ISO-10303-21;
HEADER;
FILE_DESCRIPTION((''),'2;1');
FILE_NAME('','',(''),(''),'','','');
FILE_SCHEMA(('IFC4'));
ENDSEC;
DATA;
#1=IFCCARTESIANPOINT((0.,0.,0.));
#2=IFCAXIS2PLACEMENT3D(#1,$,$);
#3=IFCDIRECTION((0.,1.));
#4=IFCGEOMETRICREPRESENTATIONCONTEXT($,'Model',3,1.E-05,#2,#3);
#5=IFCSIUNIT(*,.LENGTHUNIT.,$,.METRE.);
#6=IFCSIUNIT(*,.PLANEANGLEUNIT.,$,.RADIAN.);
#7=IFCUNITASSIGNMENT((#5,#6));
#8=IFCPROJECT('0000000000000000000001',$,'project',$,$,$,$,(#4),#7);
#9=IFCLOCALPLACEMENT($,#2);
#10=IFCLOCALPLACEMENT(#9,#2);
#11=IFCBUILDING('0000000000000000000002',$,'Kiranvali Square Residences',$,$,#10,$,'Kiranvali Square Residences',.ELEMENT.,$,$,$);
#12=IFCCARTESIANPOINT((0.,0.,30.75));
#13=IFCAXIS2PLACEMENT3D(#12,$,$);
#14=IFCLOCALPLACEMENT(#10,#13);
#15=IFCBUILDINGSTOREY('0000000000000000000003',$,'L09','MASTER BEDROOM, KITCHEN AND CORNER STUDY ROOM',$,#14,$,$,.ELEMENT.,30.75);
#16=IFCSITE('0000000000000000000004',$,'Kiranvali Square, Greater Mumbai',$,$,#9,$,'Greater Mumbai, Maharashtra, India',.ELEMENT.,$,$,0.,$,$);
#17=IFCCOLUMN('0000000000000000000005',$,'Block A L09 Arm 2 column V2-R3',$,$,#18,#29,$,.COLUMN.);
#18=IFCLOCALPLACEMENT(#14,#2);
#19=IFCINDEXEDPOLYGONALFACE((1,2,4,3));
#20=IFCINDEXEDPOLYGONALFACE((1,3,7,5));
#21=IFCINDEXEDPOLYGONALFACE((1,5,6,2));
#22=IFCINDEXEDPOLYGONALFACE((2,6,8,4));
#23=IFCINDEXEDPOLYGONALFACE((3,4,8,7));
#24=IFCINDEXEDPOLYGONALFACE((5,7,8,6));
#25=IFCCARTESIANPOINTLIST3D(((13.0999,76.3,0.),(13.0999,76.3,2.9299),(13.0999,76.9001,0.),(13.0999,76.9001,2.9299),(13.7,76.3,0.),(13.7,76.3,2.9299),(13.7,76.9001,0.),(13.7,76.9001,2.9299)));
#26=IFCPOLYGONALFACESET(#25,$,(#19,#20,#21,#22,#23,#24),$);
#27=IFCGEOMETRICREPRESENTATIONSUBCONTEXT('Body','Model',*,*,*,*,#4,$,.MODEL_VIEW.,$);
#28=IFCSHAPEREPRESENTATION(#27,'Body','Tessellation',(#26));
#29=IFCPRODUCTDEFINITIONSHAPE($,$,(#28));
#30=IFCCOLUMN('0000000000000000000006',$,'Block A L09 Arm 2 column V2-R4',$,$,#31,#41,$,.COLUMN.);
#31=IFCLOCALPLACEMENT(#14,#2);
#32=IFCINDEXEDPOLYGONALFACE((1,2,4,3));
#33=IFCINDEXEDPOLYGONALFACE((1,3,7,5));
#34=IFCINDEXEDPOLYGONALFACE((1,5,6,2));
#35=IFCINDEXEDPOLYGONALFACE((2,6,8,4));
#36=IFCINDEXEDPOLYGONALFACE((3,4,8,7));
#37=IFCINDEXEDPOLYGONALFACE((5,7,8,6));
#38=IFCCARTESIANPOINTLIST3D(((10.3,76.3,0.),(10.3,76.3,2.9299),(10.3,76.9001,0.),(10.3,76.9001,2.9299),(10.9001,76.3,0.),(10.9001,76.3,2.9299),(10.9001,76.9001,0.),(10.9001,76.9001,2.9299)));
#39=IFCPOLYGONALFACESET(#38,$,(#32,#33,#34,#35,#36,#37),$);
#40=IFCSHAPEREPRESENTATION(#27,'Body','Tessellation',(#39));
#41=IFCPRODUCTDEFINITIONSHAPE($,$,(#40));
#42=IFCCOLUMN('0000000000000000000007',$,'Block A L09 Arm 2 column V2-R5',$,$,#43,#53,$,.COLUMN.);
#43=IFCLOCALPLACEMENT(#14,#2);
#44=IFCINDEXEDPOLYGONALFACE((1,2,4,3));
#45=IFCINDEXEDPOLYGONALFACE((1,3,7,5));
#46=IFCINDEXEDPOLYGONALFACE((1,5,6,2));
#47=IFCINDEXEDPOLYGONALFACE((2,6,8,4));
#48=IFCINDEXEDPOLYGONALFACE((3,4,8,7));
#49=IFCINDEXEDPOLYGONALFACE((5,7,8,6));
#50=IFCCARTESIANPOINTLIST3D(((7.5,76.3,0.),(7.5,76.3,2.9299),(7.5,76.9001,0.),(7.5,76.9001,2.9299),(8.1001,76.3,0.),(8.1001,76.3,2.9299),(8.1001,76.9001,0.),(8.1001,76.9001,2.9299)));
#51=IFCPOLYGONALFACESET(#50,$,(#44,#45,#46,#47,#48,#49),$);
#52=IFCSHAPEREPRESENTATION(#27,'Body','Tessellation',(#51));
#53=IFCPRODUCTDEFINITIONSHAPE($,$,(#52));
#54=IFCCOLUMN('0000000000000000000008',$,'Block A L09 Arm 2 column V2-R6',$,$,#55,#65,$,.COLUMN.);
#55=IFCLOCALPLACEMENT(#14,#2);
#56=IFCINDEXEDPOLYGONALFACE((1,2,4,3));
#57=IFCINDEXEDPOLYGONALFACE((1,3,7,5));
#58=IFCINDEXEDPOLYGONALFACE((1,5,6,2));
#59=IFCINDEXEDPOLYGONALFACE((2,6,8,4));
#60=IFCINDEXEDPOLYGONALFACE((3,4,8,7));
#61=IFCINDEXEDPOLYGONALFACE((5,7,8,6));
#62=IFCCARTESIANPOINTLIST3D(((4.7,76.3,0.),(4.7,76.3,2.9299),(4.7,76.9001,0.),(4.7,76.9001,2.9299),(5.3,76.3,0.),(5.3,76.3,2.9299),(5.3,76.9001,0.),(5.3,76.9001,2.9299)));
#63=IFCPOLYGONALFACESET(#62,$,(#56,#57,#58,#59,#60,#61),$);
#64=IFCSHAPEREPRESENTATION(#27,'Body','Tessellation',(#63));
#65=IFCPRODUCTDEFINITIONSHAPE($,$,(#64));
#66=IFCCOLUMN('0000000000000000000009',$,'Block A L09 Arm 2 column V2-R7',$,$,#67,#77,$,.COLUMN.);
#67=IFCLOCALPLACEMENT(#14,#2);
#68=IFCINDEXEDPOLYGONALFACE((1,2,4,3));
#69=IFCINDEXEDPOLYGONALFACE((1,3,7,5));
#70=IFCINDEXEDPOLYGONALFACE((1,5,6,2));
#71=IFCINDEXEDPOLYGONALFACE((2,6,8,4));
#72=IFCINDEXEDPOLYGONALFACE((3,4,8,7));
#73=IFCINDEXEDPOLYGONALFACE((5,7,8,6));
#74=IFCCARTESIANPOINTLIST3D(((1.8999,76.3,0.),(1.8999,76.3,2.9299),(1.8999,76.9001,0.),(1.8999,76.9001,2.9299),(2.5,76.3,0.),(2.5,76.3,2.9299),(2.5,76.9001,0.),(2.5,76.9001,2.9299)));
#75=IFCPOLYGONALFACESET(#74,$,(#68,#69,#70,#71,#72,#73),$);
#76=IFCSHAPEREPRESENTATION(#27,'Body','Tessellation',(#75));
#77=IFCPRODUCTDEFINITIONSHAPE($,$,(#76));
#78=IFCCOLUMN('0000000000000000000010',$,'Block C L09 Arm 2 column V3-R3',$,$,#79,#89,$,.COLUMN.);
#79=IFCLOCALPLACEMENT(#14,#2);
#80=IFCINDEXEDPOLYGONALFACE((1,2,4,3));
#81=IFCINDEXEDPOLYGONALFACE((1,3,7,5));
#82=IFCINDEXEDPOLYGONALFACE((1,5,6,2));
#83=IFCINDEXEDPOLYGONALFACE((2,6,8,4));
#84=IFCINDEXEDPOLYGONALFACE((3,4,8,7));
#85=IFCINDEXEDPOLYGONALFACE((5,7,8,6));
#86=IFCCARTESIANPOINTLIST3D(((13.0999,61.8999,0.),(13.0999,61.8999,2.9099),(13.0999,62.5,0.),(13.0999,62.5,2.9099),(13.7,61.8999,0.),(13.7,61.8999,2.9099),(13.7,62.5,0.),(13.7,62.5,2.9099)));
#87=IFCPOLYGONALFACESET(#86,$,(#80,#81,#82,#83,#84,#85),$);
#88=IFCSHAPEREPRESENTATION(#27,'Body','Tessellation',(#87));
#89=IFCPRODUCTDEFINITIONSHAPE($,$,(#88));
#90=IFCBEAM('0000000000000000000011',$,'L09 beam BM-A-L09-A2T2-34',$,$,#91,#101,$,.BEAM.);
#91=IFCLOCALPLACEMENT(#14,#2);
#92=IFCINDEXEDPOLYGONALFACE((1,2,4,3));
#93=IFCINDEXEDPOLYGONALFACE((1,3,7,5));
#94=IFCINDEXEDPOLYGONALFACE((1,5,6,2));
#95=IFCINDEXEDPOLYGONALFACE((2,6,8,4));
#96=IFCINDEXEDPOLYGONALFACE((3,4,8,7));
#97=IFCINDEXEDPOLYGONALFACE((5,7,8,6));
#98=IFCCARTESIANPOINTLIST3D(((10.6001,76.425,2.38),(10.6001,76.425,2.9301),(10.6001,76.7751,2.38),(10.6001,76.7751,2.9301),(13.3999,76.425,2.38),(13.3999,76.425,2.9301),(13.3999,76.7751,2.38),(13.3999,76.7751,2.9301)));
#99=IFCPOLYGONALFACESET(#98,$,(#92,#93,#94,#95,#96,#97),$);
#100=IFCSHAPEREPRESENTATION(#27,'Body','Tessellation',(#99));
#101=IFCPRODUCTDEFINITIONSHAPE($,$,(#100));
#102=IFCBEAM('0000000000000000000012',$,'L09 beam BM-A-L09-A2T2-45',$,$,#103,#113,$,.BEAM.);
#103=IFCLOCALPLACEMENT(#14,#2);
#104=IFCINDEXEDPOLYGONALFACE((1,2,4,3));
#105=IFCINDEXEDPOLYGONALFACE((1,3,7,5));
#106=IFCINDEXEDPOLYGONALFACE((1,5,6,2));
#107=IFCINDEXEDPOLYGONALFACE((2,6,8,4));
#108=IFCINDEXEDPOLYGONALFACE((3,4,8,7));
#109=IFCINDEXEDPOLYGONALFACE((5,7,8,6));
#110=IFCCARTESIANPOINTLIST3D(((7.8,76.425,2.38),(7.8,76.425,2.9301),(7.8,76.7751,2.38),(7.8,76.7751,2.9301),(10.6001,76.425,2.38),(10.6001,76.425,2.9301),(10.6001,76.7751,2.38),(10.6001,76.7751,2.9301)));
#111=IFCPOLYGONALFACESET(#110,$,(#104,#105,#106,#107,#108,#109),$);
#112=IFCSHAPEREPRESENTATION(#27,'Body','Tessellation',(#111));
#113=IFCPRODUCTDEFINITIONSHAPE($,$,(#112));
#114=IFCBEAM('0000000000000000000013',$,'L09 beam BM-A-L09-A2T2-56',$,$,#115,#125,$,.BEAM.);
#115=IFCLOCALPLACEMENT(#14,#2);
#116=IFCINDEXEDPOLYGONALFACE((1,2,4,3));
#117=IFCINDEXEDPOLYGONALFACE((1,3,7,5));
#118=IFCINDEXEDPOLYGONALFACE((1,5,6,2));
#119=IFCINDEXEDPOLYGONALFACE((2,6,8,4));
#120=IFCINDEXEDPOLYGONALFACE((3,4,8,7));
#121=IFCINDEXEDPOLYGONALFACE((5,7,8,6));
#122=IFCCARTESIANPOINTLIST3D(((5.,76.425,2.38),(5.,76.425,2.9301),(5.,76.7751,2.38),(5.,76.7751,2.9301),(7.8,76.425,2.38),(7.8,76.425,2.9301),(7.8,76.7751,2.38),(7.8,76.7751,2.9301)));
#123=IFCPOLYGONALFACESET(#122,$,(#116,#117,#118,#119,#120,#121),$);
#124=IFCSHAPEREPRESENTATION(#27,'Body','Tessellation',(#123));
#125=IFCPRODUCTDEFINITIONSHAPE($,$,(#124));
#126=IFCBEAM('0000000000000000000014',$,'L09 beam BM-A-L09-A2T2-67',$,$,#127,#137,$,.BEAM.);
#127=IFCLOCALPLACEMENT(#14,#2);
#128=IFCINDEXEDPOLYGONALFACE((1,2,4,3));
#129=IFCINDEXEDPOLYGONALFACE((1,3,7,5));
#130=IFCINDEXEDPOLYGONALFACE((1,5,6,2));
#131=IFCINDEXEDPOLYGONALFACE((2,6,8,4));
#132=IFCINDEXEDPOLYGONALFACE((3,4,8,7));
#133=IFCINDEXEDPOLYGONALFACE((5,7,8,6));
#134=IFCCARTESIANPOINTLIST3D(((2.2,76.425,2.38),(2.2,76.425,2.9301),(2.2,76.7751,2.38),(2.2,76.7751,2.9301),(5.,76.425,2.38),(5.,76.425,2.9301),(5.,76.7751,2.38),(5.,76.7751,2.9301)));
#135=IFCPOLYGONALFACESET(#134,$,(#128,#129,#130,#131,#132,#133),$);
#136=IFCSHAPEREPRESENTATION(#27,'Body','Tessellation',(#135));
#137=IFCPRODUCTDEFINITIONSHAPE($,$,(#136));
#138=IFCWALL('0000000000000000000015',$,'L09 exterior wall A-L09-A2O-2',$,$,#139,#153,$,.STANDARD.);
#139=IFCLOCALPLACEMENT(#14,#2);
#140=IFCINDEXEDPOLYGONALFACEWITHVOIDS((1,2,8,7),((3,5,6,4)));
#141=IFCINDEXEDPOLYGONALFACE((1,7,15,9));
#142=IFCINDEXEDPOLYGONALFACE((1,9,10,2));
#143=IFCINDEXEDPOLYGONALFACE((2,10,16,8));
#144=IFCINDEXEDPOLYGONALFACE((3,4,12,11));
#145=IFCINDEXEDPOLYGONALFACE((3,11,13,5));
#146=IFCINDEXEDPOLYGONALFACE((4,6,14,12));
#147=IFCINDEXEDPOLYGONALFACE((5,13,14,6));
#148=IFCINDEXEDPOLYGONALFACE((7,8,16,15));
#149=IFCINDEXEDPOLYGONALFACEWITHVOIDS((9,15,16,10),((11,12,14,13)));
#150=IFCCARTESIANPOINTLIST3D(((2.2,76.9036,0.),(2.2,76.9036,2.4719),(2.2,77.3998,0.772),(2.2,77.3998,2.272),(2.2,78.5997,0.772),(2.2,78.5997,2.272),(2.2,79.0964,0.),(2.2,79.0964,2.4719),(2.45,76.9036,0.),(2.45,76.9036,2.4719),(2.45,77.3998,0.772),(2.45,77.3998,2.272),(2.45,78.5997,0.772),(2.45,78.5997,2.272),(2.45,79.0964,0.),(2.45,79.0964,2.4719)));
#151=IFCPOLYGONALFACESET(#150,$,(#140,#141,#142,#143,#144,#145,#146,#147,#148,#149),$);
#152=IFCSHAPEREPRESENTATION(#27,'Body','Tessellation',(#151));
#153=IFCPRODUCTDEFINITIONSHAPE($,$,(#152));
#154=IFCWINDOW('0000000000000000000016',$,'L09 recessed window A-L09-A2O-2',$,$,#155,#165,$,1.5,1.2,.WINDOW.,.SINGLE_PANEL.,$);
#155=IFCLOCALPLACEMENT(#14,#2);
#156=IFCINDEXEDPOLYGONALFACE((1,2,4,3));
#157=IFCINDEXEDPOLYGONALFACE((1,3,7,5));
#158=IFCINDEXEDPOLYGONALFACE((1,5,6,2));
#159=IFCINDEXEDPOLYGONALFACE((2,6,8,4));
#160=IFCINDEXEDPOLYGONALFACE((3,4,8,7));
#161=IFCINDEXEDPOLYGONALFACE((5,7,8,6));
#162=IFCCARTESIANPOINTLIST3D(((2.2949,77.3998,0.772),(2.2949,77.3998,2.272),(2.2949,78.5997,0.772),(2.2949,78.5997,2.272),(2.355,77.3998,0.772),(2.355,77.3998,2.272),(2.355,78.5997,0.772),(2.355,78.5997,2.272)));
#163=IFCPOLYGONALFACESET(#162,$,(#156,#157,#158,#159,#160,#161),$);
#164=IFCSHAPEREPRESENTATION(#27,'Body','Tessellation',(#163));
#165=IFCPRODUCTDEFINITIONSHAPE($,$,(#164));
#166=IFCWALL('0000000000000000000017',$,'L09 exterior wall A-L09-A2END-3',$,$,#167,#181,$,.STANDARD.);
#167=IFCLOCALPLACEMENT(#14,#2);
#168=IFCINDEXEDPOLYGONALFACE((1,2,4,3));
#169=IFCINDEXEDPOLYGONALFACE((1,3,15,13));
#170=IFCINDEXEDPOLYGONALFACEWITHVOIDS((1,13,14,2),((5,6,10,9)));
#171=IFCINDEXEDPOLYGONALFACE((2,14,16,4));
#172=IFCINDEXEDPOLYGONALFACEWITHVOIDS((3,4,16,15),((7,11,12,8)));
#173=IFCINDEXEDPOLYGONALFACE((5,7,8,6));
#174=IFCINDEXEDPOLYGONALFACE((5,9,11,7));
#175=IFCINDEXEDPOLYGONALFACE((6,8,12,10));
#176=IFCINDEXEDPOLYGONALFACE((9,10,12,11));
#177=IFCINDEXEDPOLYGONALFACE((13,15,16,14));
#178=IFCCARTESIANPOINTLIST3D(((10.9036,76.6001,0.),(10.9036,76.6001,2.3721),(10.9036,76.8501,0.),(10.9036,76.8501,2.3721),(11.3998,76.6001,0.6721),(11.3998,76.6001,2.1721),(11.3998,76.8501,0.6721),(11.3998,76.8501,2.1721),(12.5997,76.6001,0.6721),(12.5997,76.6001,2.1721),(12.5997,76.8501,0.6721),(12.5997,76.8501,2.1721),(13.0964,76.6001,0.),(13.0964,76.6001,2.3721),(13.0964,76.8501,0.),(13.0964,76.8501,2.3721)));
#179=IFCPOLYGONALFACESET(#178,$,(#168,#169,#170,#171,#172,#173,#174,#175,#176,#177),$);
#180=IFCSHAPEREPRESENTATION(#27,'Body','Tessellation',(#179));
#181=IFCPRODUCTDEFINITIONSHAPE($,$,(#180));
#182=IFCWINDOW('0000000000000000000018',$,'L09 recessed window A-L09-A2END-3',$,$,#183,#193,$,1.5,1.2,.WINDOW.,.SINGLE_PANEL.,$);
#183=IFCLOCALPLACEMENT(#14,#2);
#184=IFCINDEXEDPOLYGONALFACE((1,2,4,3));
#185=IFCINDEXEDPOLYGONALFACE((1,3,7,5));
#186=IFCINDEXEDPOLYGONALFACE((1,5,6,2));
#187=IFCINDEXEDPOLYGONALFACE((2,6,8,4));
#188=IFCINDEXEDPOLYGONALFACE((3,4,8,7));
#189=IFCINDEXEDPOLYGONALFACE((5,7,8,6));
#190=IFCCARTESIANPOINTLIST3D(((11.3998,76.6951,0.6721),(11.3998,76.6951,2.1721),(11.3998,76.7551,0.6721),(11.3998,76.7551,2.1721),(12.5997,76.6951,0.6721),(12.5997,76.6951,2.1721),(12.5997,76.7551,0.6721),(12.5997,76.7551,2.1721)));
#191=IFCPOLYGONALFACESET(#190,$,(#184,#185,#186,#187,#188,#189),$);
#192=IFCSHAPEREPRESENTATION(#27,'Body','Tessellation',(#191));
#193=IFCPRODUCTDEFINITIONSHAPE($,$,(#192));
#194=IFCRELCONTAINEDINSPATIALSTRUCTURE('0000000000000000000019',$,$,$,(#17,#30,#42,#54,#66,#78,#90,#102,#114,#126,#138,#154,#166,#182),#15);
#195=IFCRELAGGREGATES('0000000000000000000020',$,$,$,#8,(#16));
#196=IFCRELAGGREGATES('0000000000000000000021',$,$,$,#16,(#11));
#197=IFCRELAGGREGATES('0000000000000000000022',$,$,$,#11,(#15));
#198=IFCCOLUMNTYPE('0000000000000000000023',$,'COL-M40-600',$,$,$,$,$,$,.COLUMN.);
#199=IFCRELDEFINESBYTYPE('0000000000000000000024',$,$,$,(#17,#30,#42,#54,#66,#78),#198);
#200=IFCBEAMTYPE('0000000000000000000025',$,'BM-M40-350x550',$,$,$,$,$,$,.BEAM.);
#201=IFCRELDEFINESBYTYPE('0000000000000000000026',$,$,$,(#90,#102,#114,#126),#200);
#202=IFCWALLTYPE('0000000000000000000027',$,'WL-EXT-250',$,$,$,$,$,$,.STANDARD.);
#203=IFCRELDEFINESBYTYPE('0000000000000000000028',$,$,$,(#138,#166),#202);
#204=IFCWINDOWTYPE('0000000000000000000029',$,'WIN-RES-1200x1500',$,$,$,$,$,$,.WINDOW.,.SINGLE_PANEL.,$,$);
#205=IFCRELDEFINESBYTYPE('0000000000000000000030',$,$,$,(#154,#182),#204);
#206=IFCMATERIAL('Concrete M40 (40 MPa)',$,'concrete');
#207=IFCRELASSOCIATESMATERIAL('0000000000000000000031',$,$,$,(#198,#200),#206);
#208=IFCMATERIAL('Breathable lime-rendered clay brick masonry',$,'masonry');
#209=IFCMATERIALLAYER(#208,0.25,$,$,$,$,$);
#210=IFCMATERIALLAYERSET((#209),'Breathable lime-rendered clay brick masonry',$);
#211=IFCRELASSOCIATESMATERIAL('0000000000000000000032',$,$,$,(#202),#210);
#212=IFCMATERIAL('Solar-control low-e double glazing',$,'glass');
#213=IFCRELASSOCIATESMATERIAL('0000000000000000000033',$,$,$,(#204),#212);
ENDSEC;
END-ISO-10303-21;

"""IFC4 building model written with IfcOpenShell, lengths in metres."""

from ifc_helpers import new_model, si_unit, direction, frame, frame_2d, origin, origin_2d, place, context, subcontext, project, spatial, rectangle, extrude, material, layer, layer_set, material_profile, profile_set, type_object, element, fill, save


model = new_model("IFC4")

# Units and contexts
model_context = context("Model", 3, precision=1e-05, world=origin(), true_north=direction((0.0, 1.0)))
body_context = subcontext(model_context, "Body", "Model", "MODEL_VIEW")
ifc_project = project(units=[si_unit("LENGTHUNIT", "METRE"), si_unit("PLANEANGLEUNIT", "RADIAN")], contexts=[model_context])

# Site, building, storey
site_placement = place(None, origin())
site = spatial("IfcSite", under=ifc_project, at=site_placement, Name="Kiranvali Square, Greater Mumbai", LongName="Greater Mumbai, Maharashtra, India", CompositionType="ELEMENT", RefElevation=0.0)
building_placement = place(site_placement, origin())
building = spatial("IfcBuilding", under=site, at=building_placement, Name="Kiranvali Square Residences", LongName="Kiranvali Square Residences", CompositionType="ELEMENT")
storey_placement = place(building_placement, frame((0.0, 0.0, 30.75)))
storey = spatial("IfcBuildingStorey", under=building, at=storey_placement, Name="L09", Description="MASTER BEDROOM, KITCHEN AND CORNER STUDY ROOM", CompositionType="ELEMENT", Elevation=30.75)

# Columns
ifc_material_1 = material(Name="Concrete M40 (40 MPa)", Category="concrete")
ifc_material_profile_1 = material_profile(ifc_material_1, rectangle(XDim=0.6001, YDim=0.6001, at=origin_2d()), Name="RC 600x600")
ifc_profile_set_1 = profile_set([ifc_material_profile_1], Name="Concrete M40 (40 MPa)")
column_type = type_object("IfcColumnType", Name="COL-M40-600", PredefinedType="COLUMN", material=ifc_profile_set_1)
for number, where, z_axis, x_axis, name in (
    (1, (13.3999, 76.6001, 0.0), (0.0, 0.0, 1.0), (1.0, 0.0, 0.0), "Block A L09 Arm 2 column V2-R3"),
    (2, (10.6001, 76.6001, 0.0), (0.0, 0.0, 1.0), (1.0, 0.0, 0.0), "Block A L09 Arm 2 column V2-R4"),
    (3, (7.8, 76.6001, 0.0), (0.0, 0.0, 1.0), (1.0, 0.0, 0.0), "Block A L09 Arm 2 column V2-R5"),
    (4, (5.0, 76.6001, 0.0), (0.0, 0.0, 1.0), (1.0, 0.0, 0.0), "Block A L09 Arm 2 column V2-R6"),
    (5, (2.2, 76.6001, 0.0), (0.0, 0.0, 1.0), (1.0, 0.0, 0.0), "Block A L09 Arm 2 column V2-R7"),
):
    element("IfcColumn", number, at=place(storey_placement, frame(where, z_axis=z_axis, x_axis=x_axis)), inside=storey, type_object=column_type, Name=name, PredefinedType="COLUMN", context=body_context, shape_type="SweptSolid", body=[
        extrude(rectangle(XDim=0.6001, YDim=0.6001, at=origin_2d()), origin(), (0.0, 0.0, 1.0), 2.9299),
    ])
column_placement = place(storey_placement, frame((13.3999, 62.2, 0.0), z_axis=(0.0, 0.0, 1.0), x_axis=(1.0, 0.0, 0.0)))
element("IfcColumn", 6, at=column_placement, inside=storey, type_object=column_type, Name="Block C L09 Arm 2 column V3-R3", PredefinedType="COLUMN", context=body_context, shape_type="SweptSolid", body=[
    extrude(rectangle(XDim=0.6001, YDim=0.6001, at=origin_2d()), origin(), (0.0, 0.0, 1.0), 2.9099),
])

# Beams
ifc_material_profile_2 = material_profile(ifc_material_1, rectangle(XDim=0.3501, YDim=0.55, at=origin_2d()), Name="RC 350x550")
ifc_profile_set_2 = profile_set([ifc_material_profile_2], Name="Concrete M40 (40 MPa)")
beam_type = type_object("IfcBeamType", Name="BM-M40-350x550", PredefinedType="BEAM", material=ifc_profile_set_2)
beam_placement = place(storey_placement, frame((13.3999, 76.6001, 2.655), z_axis=(-1.0, 0.0, 0.0), x_axis=(0.0, -1.0, 0.0)))
element("IfcBeam", 7, at=beam_placement, inside=storey, type_object=beam_type, Name="L09 beam BM-A-L09-A2T2-34", PredefinedType="BEAM", context=body_context, shape_type="SweptSolid", body=[
    extrude(rectangle(XDim=0.3501, YDim=0.55, at=origin_2d()), origin(), (0.0, 0.0, 1.0), 2.7998),
])
for number, where, z_axis, x_axis, name in (
    (8, (10.6001, 76.6001, 2.655), (-1.0, 0.0, 0.0), (0.0, -1.0, 0.0), "L09 beam BM-A-L09-A2T2-45"),
    (9, (7.8, 76.6001, 2.655), (-1.0, 0.0, 0.0), (0.0, -1.0, 0.0), "L09 beam BM-A-L09-A2T2-56"),
    (10, (5.0, 76.6001, 2.655), (-1.0, 0.0, 0.0), (0.0, -1.0, 0.0), "L09 beam BM-A-L09-A2T2-67"),
):
    element("IfcBeam", number, at=place(storey_placement, frame(where, z_axis=z_axis, x_axis=x_axis)), inside=storey, type_object=beam_type, Name=name, PredefinedType="BEAM", context=body_context, shape_type="SweptSolid", body=[
        extrude(rectangle(XDim=0.3501, YDim=0.55, at=origin_2d()), origin(), (0.0, 0.0, 1.0), 2.8),
    ])

# Walls, openings, windows
ifc_material_2 = material(Name="Breathable lime-rendered clay brick masonry", Category="masonry")
ifc_layer = layer(ifc_material_2, 0.25)
ifc_layer_set = layer_set([ifc_layer], Name="Breathable lime-rendered clay brick masonry")
wall_type = type_object("IfcWallType", Name="WL-EXT-250", PredefinedType="STANDARD", material=ifc_layer_set)
wall_1_placement = place(storey_placement, frame((2.325, 79.0964, 0.0), z_axis=(0.0, 0.0, 1.0), x_axis=(0.0, -1.0, 0.0)))
wall_1 = element("IfcWall", 11, at=wall_1_placement, inside=storey, type_object=wall_type, Name="L09 exterior wall A-L09-A2O-2", PredefinedType="STANDARD", context=body_context, shape_type="SweptSolid", body=[
    extrude(rectangle(XDim=2.1929, YDim=0.25, at=frame_2d((1.0964, 0.0))), origin(), (0.0, 0.0, 1.0), 2.4719),
])
opening_1_placement = place(wall_1_placement, frame((0.4966, 0.0, 0.772)))
opening_1 = element("IfcOpeningElement", 12, at=opening_1_placement, cuts=wall_1, PredefinedType="OPENING", context=body_context, shape_type="SweptSolid", body=[
    extrude(rectangle(XDim=1.2, YDim=1.5, at=frame_2d((0.6001, 0.75))), frame((0.0, 0.135, 0.0), z_axis=(0.0, -1.0, 0.0), x_axis=(1.0, 0.0, 0.0)), (0.0, 0.0, 1.0), 0.27),
])
ifc_material_3 = material(Name="Solar-control low-e double glazing", Category="glass")
window_type = type_object("IfcWindowType", Name="WIN-RES-1200x1500", PartitioningType="SINGLE_PANEL", PredefinedType="WINDOW", material=ifc_material_3)
window_1_placement = place(opening_1_placement, origin())
window_1 = element("IfcWindow", 13, at=window_1_placement, inside=storey, type_object=window_type, Name="L09 recessed window A-L09-A2O-2", OverallHeight=1.5, OverallWidth=1.2, PartitioningType="SINGLE_PANEL", PredefinedType="WINDOW", context=body_context, shape_type="SweptSolid", body=[
    extrude(rectangle(XDim=1.2, YDim=1.5, at=frame_2d((0.6001, 0.75))), frame((0.0, 0.03, 0.0), z_axis=(0.0, -1.0, 0.0), x_axis=(1.0, 0.0, 0.0)), (0.0, 0.0, 1.0), 0.0601),
])
fill(opening_1, window_1)
wall_2_placement = place(storey_placement, frame((13.0964, 76.7251, 0.0), z_axis=(0.0, 0.0, 1.0), x_axis=(-1.0, 0.0, 0.0)))
wall_2 = element("IfcWall", 14, at=wall_2_placement, inside=storey, type_object=wall_type, Name="L09 exterior wall A-L09-A2END-3", PredefinedType="STANDARD", context=body_context, shape_type="SweptSolid", body=[
    extrude(rectangle(XDim=2.1929, YDim=0.25, at=frame_2d((1.0964, 0.0))), origin(), (0.0, 0.0, 1.0), 2.3721),
])
opening_2_placement = place(wall_2_placement, frame((0.4966, 0.0, 0.6721)))
opening_2 = element("IfcOpeningElement", 15, at=opening_2_placement, cuts=wall_2, PredefinedType="OPENING", context=body_context, shape_type="SweptSolid", body=[
    extrude(rectangle(XDim=1.2, YDim=1.5, at=frame_2d((0.6001, 0.75))), frame((0.0, 0.135, 0.0), z_axis=(0.0, -1.0, 0.0), x_axis=(1.0, 0.0, 0.0)), (0.0, 0.0, 1.0), 0.27),
])
window_2_placement = place(opening_2_placement, origin())
window_2 = element("IfcWindow", 16, at=window_2_placement, inside=storey, type_object=window_type, Name="L09 recessed window A-L09-A2END-3", OverallHeight=1.5, OverallWidth=1.2, PartitioningType="SINGLE_PANEL", PredefinedType="WINDOW", context=body_context, shape_type="SweptSolid", body=[
    extrude(rectangle(XDim=1.2, YDim=1.5, at=frame_2d((0.6001, 0.75))), frame((0.0, 0.03, 0.0), z_axis=(0.0, -1.0, 0.0), x_axis=(1.0, 0.0, 0.0)), (0.0, 0.0, 1.0), 0.0601),
])
fill(opening_2, window_2)

save(model, "model.ifc")
